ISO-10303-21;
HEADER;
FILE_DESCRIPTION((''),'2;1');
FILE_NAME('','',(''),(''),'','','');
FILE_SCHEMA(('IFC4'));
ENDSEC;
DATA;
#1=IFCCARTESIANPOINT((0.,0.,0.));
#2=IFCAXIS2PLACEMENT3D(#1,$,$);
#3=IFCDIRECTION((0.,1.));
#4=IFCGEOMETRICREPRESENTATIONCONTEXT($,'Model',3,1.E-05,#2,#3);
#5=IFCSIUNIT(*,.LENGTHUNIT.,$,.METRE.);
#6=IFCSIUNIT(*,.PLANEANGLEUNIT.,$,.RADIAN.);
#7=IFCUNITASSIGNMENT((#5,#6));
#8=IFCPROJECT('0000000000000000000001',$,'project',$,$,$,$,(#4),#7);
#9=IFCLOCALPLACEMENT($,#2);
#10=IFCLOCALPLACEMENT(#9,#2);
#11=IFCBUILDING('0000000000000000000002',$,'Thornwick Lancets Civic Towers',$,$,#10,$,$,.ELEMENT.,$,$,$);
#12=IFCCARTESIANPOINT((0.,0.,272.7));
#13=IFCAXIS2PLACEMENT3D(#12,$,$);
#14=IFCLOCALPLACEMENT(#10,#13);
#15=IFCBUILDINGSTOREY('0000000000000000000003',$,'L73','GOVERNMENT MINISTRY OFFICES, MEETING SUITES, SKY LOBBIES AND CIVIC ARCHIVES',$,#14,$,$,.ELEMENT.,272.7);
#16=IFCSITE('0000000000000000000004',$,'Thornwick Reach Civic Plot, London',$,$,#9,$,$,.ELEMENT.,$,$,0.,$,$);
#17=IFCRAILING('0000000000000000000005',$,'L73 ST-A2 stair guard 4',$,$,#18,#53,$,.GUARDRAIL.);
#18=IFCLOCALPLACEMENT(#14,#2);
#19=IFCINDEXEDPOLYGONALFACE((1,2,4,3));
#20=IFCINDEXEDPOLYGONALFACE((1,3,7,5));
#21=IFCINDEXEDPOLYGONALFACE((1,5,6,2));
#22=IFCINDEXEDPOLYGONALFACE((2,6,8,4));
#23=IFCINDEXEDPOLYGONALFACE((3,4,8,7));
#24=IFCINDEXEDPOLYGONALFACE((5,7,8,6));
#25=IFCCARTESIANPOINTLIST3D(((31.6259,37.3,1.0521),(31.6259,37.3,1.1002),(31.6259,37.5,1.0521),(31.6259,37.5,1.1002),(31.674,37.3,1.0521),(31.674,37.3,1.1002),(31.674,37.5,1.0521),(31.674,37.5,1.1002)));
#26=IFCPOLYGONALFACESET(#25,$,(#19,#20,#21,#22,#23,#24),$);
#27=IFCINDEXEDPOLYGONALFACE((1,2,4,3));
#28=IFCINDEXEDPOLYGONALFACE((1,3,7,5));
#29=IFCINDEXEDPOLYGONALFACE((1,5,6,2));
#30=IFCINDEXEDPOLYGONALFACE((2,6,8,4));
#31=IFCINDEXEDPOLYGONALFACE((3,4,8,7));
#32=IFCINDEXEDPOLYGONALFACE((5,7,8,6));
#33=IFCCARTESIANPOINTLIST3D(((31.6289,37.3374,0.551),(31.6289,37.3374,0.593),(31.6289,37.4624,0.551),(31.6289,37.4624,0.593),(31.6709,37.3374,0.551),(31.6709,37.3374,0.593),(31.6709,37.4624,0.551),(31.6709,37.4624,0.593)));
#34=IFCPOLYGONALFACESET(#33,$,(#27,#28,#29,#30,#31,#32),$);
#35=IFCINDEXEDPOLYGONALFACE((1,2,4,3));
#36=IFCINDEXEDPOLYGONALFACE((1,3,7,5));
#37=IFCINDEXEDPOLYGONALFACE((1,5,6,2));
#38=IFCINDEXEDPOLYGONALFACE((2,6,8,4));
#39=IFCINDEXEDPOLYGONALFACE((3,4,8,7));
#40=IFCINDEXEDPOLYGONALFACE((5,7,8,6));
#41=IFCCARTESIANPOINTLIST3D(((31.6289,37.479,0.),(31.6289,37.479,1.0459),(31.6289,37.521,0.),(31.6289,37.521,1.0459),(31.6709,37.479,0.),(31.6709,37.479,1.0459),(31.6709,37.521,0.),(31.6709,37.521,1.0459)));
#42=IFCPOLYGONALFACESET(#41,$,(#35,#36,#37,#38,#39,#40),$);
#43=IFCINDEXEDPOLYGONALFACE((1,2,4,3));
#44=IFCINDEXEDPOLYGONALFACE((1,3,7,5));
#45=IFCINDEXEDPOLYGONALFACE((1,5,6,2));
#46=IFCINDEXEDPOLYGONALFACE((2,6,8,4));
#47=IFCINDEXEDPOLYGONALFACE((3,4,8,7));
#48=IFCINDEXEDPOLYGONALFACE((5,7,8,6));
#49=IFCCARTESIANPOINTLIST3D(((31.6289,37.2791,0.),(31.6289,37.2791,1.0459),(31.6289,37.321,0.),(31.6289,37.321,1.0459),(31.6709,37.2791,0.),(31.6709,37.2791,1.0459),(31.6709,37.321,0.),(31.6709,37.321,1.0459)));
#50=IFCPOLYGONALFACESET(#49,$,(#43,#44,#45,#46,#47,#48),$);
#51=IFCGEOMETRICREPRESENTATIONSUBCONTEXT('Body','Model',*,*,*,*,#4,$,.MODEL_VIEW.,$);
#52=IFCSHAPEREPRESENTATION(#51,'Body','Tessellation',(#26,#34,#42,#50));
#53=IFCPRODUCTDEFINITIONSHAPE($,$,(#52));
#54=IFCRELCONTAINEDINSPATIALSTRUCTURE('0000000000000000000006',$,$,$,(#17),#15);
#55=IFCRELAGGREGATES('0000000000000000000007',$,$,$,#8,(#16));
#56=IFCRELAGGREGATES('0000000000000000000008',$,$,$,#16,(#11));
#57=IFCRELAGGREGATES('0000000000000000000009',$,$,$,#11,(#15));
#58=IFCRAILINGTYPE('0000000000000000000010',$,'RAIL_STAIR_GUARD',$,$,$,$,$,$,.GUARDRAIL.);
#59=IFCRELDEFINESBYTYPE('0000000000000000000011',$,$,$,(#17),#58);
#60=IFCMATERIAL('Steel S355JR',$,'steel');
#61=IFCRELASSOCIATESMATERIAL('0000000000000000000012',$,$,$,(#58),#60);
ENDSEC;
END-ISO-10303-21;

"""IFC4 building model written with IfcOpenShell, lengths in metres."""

from ifc_helpers import new_model, si_unit, direction, frame, origin, origin_2d, place, context, subcontext, project, spatial, rectangle, extrude, material, type_object, element, save


model = new_model("IFC4")

# Units and contexts
model_context = context("Model", 3, precision=1e-05, world=origin(), true_north=direction((0.0, 1.0)))
body_context = subcontext(model_context, "Body", "Model", "MODEL_VIEW")
ifc_project = project(units=[si_unit("LENGTHUNIT", "METRE"), si_unit("PLANEANGLEUNIT", "RADIAN")], contexts=[model_context])

# Site, building, storey
site_placement = place(None, origin())
site = spatial("IfcSite", under=ifc_project, at=site_placement, Name="Thornwick Reach Civic Plot, London", CompositionType="ELEMENT", RefElevation=0.0)
building_placement = place(site_placement, origin())
building = spatial("IfcBuilding", under=site, at=building_placement, Name="Thornwick Lancets Civic Towers", CompositionType="ELEMENT")
storey_placement = place(building_placement, frame((0.0, 0.0, 272.7)))
storey = spatial("IfcBuildingStorey", under=building, at=storey_placement, Name="L73", Description="GOVERNMENT MINISTRY OFFICES, MEETING SUITES, SKY LOBBIES AND CIVIC ARCHIVES", CompositionType="ELEMENT", Elevation=272.7)

# Shared definitions
ifc_material_1 = material(Name="Steel S355JR", Category="steel")

# Railing
railing_type_1 = type_object("IfcRailingType", Name="RAIL_STAIR_GUARD", PredefinedType="GUARDRAIL", material=ifc_material_1)
railing_1_placement = place(storey_placement, frame((31.6499, 37.5, 0.0)))
element("IfcRailing", 1, at=railing_1_placement, inside=storey, type_object=railing_type_1, Name="L73 ST-A2 stair guard 4", PredefinedType="GUARDRAIL", context=body_context, shape_type="SweptSolid", body=[
    extrude(rectangle(XDim=0.0481, YDim=0.0481, at=origin_2d()), frame((0.0, 0.0, 1.0762), z_axis=(0.0, -1.0, 0.0), x_axis=(1.0, 0.0, 0.0)), (0.0, 0.0, 1.0), 0.2),
    extrude(rectangle(XDim=0.042, YDim=0.042, at=origin_2d()), frame((0.0, -0.0376, 0.572), z_axis=(0.0, -1.0, 0.0), x_axis=(1.0, 0.0, 0.0)), (0.0, 0.0, 1.0), 0.125),
    extrude(rectangle(XDim=0.042, YDim=0.042, at=origin_2d()), origin(), (0.0, 0.0, 1.0), 1.0459),
    extrude(rectangle(XDim=0.042, YDim=0.042, at=origin_2d()), frame((0.0, -0.2, 0.0)), (0.0, 0.0, 1.0), 1.0459),
])

save(model, "model.ifc")
